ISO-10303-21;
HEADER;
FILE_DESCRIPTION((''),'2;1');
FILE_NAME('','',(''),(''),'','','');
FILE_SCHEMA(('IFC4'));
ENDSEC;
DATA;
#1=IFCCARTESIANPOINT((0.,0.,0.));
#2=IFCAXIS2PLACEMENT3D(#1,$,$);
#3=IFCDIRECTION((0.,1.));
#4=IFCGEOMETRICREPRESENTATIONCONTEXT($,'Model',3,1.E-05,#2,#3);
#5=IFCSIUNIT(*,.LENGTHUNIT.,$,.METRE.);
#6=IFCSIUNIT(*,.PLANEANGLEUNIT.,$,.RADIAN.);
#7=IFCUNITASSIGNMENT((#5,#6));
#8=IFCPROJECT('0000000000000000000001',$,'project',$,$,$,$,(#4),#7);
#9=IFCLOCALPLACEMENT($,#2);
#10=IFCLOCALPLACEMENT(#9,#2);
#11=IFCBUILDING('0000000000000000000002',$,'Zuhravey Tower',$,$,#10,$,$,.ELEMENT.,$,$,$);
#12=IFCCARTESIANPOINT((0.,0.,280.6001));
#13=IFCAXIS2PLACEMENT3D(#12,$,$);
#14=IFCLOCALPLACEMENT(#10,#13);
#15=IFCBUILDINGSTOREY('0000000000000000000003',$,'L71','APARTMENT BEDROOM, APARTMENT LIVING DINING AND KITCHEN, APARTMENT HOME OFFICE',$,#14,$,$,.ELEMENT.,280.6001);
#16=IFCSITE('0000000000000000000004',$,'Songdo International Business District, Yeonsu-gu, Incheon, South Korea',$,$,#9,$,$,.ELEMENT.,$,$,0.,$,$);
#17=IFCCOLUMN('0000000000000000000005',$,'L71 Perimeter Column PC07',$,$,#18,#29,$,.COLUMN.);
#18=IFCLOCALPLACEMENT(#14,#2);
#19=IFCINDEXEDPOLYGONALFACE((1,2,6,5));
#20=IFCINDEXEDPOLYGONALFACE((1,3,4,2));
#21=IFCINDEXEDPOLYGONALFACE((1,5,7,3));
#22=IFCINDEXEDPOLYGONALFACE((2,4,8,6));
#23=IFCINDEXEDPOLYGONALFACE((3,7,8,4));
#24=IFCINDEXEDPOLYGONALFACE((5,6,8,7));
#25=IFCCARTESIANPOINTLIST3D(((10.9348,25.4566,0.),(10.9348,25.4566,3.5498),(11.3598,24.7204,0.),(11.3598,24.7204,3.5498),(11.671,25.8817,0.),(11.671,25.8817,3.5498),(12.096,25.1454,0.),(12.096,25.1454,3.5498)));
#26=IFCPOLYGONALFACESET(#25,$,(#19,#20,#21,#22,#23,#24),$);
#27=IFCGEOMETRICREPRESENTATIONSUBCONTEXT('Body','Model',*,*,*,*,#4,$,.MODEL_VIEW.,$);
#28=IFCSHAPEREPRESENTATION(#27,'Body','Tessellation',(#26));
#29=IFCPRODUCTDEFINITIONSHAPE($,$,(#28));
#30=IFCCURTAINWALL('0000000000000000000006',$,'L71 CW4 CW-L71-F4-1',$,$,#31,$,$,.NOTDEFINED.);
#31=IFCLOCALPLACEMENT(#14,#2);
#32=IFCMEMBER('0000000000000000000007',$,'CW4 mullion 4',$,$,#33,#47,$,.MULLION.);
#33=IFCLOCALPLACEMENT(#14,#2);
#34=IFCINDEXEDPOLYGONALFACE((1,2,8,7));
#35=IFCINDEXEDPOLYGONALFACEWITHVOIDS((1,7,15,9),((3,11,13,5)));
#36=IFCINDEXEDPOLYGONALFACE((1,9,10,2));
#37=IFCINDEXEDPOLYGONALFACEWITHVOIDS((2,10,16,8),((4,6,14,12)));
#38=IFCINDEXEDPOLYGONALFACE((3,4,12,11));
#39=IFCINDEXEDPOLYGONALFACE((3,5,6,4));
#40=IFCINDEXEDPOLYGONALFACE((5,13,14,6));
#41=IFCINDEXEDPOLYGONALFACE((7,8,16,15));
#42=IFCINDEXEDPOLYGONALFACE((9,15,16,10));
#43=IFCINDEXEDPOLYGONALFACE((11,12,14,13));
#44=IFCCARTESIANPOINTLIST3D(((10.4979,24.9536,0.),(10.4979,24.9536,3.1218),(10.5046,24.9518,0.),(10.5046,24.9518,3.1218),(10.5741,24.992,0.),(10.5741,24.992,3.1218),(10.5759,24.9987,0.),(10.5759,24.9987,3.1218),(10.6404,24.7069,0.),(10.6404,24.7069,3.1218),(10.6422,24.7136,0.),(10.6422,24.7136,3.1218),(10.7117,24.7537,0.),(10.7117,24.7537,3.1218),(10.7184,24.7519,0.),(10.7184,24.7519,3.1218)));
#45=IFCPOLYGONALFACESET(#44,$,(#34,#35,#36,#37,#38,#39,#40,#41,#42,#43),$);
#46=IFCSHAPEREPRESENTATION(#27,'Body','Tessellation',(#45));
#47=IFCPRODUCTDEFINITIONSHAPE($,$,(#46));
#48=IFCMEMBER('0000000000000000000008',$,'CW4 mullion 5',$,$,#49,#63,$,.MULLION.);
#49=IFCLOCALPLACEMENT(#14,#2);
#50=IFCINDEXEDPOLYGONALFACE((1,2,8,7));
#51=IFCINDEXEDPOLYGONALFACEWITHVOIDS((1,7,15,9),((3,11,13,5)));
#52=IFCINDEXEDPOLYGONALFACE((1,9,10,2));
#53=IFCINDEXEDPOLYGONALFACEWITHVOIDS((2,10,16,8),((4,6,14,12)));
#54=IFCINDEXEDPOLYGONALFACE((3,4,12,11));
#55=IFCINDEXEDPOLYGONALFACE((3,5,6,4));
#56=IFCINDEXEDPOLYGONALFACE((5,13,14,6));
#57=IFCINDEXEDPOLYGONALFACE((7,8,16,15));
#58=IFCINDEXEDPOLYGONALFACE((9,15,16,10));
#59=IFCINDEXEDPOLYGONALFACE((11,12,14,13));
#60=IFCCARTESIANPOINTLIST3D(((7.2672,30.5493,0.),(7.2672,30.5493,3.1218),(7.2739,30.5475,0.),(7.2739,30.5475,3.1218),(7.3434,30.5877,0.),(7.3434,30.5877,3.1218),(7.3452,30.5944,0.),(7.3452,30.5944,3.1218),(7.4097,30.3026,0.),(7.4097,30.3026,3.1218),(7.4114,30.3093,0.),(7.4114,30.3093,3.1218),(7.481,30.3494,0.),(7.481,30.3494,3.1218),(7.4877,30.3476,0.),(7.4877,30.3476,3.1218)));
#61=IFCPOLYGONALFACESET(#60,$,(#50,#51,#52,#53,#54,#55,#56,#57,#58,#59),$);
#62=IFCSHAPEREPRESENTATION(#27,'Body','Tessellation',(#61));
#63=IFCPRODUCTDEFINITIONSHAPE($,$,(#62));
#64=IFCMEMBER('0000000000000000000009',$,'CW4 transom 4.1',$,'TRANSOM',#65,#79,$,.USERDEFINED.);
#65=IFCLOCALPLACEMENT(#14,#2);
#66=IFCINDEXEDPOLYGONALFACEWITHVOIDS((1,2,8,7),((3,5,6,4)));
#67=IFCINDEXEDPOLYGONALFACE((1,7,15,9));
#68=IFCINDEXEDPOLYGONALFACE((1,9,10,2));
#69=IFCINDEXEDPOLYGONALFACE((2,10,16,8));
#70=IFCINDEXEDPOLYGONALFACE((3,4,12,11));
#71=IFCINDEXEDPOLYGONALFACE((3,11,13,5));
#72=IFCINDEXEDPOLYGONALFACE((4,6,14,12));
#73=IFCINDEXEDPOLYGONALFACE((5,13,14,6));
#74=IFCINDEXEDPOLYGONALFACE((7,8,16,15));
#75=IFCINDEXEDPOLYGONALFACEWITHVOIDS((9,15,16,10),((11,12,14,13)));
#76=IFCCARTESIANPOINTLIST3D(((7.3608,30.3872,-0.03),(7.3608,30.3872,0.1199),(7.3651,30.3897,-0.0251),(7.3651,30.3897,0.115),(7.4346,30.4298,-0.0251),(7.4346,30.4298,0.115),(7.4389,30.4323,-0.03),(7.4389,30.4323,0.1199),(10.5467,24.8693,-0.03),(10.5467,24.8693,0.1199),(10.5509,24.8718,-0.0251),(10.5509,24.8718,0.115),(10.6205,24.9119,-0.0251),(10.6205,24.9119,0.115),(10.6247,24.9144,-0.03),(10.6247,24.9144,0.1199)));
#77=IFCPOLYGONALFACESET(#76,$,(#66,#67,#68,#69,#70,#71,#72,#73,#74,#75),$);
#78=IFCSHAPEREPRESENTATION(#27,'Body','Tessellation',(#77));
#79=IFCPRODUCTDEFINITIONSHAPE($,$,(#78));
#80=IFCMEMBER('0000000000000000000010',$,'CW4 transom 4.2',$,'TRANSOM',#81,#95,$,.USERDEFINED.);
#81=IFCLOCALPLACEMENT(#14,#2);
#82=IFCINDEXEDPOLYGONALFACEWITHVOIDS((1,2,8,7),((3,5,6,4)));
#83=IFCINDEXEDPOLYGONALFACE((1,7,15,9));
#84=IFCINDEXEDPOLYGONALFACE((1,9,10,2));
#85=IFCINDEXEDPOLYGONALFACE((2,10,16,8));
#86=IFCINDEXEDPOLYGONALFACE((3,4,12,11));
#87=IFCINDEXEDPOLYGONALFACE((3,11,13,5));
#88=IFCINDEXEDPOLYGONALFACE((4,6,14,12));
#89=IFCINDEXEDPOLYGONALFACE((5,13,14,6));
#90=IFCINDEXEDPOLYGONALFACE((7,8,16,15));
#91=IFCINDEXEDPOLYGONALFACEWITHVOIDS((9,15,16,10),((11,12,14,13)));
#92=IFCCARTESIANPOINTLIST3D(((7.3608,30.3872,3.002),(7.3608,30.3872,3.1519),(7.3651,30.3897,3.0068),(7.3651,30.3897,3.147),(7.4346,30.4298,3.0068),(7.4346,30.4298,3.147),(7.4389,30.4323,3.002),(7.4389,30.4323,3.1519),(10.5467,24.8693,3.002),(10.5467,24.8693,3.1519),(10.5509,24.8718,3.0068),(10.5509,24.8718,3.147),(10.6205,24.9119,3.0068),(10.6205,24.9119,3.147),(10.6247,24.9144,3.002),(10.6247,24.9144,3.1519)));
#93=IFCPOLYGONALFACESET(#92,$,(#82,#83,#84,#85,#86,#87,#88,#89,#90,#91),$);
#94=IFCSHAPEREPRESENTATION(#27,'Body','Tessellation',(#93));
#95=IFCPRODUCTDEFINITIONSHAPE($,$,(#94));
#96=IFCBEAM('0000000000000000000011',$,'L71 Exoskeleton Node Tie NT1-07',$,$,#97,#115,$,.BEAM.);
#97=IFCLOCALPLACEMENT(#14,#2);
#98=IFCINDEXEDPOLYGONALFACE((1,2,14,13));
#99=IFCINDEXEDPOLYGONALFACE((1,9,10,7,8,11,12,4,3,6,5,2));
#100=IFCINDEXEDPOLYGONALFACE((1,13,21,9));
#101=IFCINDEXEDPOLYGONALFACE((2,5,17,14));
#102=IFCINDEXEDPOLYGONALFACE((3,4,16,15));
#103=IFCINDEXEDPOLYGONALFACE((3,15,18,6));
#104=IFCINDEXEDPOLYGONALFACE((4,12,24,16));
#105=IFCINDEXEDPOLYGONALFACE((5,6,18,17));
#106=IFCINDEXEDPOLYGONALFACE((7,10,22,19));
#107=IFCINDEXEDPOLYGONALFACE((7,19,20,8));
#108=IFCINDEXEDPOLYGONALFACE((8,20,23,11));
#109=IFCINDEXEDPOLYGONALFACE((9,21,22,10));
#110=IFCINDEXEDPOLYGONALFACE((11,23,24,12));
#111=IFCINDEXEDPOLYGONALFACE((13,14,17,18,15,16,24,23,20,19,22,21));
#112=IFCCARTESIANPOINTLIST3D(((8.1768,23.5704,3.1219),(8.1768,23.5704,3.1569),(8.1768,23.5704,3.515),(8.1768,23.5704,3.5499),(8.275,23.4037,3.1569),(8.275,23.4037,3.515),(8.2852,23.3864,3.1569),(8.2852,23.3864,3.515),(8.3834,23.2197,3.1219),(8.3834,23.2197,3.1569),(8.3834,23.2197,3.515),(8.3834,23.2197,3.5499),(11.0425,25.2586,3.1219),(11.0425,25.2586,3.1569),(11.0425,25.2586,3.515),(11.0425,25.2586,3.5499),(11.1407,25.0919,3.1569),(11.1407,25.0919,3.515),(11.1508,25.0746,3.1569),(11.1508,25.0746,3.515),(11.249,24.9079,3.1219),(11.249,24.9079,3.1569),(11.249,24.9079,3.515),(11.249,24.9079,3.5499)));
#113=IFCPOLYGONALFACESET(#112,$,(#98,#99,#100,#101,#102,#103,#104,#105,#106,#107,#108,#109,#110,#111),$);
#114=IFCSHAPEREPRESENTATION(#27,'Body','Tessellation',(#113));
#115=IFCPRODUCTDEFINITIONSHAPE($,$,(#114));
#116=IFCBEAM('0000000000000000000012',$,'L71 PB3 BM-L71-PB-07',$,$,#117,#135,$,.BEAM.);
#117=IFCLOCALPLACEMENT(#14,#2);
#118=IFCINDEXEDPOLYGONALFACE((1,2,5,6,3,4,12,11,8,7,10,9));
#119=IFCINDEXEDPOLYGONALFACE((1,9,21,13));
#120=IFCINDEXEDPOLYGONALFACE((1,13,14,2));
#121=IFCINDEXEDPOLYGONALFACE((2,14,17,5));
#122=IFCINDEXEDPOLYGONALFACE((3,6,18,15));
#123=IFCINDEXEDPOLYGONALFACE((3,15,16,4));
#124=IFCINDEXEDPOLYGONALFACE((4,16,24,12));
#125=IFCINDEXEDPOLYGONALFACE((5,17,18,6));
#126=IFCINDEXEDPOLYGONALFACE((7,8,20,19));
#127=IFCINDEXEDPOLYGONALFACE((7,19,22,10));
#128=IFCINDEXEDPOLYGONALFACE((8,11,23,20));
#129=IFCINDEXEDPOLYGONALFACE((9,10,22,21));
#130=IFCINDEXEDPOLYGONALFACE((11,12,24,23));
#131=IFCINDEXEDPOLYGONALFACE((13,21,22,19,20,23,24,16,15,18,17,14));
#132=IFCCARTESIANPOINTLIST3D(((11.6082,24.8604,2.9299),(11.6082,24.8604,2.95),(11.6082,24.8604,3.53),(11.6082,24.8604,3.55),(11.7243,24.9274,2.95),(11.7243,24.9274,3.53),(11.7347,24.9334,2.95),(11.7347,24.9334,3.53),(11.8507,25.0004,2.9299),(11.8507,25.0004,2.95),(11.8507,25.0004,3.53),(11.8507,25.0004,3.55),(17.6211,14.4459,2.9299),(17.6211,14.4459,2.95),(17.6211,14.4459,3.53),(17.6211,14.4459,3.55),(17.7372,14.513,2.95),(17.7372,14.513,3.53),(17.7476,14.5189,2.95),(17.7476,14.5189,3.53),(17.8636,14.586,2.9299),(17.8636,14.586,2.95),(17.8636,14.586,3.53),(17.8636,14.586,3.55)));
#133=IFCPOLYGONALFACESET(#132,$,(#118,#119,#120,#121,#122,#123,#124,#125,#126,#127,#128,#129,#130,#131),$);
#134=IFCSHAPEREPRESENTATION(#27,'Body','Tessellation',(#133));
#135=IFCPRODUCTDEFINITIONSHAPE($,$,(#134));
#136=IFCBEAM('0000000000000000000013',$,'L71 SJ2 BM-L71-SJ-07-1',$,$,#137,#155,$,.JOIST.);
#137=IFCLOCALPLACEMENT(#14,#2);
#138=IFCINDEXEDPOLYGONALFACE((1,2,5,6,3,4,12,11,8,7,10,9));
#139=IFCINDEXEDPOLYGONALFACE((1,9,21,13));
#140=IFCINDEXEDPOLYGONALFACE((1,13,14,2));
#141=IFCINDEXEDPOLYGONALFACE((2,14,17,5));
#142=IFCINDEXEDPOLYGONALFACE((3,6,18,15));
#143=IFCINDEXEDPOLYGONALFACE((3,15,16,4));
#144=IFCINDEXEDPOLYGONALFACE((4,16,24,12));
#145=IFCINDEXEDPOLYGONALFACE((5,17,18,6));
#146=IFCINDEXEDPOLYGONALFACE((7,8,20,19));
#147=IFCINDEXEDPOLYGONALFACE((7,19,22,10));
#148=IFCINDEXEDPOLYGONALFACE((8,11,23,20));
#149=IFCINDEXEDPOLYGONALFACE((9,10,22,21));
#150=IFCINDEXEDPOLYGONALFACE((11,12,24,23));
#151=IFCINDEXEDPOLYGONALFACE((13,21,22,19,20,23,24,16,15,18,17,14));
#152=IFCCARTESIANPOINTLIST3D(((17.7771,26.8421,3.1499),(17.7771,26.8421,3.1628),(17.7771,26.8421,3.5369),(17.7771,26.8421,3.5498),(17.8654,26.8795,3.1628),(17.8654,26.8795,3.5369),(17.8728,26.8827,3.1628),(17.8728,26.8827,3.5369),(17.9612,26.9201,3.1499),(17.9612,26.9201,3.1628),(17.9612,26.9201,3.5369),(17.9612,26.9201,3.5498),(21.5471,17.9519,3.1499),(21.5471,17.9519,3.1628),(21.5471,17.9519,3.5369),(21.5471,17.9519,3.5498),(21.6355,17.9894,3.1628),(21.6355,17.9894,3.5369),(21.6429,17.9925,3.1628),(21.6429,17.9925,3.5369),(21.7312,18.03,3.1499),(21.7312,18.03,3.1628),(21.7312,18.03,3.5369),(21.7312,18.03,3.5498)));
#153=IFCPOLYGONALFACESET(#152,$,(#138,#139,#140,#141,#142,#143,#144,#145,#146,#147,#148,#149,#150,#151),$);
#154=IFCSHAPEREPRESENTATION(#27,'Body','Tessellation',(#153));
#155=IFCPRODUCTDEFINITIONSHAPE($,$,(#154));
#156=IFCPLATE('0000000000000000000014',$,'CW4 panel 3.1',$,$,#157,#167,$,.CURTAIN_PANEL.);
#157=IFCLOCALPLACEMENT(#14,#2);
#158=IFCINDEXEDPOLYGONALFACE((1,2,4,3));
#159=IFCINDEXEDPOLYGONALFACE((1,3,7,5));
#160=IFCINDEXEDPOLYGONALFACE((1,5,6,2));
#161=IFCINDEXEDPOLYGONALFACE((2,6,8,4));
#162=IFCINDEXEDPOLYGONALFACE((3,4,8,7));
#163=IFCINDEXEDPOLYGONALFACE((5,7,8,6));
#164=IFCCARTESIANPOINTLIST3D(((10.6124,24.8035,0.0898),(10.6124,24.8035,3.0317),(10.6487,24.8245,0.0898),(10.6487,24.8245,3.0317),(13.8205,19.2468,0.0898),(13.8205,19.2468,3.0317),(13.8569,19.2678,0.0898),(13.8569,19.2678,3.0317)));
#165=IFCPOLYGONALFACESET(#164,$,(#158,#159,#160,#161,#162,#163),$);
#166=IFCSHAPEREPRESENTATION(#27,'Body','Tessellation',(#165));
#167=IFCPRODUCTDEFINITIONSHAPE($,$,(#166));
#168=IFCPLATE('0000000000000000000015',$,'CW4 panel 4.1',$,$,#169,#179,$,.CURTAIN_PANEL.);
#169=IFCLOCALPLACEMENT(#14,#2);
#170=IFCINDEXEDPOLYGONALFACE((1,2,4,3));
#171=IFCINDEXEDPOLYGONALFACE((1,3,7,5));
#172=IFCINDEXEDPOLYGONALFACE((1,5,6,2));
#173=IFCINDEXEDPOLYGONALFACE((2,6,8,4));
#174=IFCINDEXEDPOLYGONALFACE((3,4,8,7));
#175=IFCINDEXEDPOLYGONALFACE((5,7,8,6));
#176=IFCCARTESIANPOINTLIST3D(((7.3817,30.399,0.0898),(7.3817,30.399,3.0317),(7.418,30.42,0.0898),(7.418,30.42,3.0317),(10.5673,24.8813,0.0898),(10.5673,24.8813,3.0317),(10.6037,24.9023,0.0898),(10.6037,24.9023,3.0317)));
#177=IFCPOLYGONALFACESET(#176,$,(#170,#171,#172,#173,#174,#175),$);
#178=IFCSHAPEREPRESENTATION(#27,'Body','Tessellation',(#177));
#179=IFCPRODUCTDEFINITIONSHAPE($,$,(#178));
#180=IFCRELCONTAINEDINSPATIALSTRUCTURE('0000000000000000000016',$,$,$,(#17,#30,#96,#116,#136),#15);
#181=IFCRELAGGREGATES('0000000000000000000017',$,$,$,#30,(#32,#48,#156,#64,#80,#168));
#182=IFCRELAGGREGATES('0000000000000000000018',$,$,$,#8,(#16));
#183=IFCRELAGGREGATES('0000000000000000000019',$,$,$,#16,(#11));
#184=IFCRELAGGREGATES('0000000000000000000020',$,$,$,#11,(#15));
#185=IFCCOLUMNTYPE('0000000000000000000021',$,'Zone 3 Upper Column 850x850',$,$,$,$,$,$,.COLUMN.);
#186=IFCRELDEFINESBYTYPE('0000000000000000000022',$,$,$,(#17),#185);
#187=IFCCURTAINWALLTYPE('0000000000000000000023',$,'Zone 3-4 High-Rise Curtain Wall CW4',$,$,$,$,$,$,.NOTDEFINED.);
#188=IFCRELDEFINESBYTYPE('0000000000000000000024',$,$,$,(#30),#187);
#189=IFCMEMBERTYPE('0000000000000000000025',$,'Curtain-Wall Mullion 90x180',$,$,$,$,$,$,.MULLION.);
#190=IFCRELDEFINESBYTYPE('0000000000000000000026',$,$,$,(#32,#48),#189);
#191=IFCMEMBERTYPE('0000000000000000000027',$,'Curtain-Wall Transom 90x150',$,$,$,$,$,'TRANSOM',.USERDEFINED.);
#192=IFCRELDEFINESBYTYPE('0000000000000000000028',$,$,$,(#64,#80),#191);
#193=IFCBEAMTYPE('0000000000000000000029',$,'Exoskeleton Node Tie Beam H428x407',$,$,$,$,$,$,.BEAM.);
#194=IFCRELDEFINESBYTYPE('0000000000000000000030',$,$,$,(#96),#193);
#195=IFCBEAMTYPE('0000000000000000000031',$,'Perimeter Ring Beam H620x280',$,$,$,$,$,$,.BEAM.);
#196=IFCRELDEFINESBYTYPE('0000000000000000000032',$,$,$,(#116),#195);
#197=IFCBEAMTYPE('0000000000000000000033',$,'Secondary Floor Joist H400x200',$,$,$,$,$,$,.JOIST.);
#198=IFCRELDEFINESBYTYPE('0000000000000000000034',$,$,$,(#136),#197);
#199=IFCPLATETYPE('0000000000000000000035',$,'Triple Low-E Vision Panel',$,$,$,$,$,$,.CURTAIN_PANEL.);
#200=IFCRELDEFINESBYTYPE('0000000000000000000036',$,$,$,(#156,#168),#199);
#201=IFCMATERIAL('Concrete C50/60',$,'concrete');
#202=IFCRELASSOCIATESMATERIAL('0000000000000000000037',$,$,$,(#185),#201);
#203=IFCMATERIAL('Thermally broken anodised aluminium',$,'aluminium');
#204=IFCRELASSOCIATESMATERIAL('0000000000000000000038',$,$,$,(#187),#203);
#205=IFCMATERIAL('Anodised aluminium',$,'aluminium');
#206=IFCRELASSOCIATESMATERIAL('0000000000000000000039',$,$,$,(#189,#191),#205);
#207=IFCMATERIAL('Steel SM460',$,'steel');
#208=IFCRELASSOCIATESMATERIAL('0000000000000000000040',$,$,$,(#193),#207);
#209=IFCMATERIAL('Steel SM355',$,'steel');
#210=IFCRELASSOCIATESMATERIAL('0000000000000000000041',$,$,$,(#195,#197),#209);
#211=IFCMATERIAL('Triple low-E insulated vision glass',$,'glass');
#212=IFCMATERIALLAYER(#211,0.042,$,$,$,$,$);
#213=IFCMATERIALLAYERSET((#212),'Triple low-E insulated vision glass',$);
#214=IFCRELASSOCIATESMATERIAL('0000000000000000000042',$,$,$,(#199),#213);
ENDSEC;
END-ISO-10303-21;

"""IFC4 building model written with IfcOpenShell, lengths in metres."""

from ifc_helpers import new_model, si_unit, direction, frame, origin, origin_2d, place, context, subcontext, project, spatial, rectangle, hollow_rectangle, i_section, extrude, material, layer, layer_set, material_profile, profile_set, type_object, element, aggregate, save


model = new_model("IFC4")

# Units and contexts
model_context = context("Model", 3, precision=1e-05, world=origin(), true_north=direction((0.0, 1.0)))
body_context = subcontext(model_context, "Body", "Model", "MODEL_VIEW")
ifc_project = project(units=[si_unit("LENGTHUNIT", "METRE"), si_unit("PLANEANGLEUNIT", "RADIAN")], contexts=[model_context])

# Site, building, storey
site_placement = place(None, origin())
site = spatial("IfcSite", under=ifc_project, at=site_placement, Name="Songdo International Business District, Yeonsu-gu, Incheon, South Korea", CompositionType="ELEMENT", RefElevation=0.0)
building_placement = place(site_placement, origin())
building = spatial("IfcBuilding", under=site, at=building_placement, Name="Zuhravey Tower", CompositionType="ELEMENT")
storey_placement = place(building_placement, frame((0.0, 0.0, 280.6001)))
storey = spatial("IfcBuildingStorey", under=building, at=storey_placement, Name="L71", Description="APARTMENT BEDROOM, APARTMENT LIVING DINING AND KITCHEN, APARTMENT HOME OFFICE", CompositionType="ELEMENT", Elevation=280.6001)

# Column
ifc_material_1 = material(Name="Concrete C50/60", Category="concrete")
ifc_material_profile_1 = material_profile(ifc_material_1, rectangle(XDim=0.8501, YDim=0.8501, at=origin_2d()), Name="RC-850x850")
ifc_profile_set_1 = profile_set([ifc_material_profile_1], Name="Concrete C50/60")
column_type = type_object("IfcColumnType", Name="Zone 3 Upper Column 850x850", PredefinedType="COLUMN", material=ifc_profile_set_1)
column_placement = place(storey_placement, frame((11.5154, 25.301, 0.0), z_axis=(0.0, 0.0, 1.0), x_axis=(0.5, -0.866025, 0.0)))
element("IfcColumn", 1, at=column_placement, inside=storey, type_object=column_type, Name="L71 Perimeter Column PC07", PredefinedType="COLUMN", context=body_context, shape_type="SweptSolid", body=[
    extrude(rectangle(XDim=0.8501, YDim=0.8501, at=origin_2d()), origin(), (0.0, 0.0, 1.0), 3.5498),
])

# Curtain wall, members
ifc_material_2 = material(Name="Thermally broken anodised aluminium", Category="aluminium")
curtain_wall_type = type_object("IfcCurtainWallType", Name="Zone 3-4 High-Rise Curtain Wall CW4", PredefinedType="NOTDEFINED", material=ifc_material_2)
curtain_wall_placement = place(storey_placement, origin())
curtain_wall = element("IfcCurtainWall", 2, at=curtain_wall_placement, inside=storey, type_object=curtain_wall_type, Name="L71 CW4 CW-L71-F4-1", PredefinedType="NOTDEFINED")
ifc_material_3 = material(Name="Anodised aluminium", Category="aluminium")
ifc_material_profile_2 = material_profile(ifc_material_3, hollow_rectangle(XDim=0.0901, YDim=0.2849, WallThickness=0.0049, at=origin_2d()), Name="ALU-RHS-90x285x5")
ifc_profile_set_2 = profile_set([ifc_material_profile_2], Name="Anodised aluminium")
member_type_1 = type_object("IfcMemberType", Name="Curtain-Wall Mullion 90x180", PredefinedType="MULLION", material=ifc_profile_set_2)
member_1_placement = place(storey_placement, frame((10.6082, 24.8528, 0.0), z_axis=(0.0, 0.0, 1.0), x_axis=(-0.866025, -0.500001, 0.0)))
member_1 = element("IfcMember", 3, at=member_1_placement, type_object=member_type_1, Name="CW4 mullion 4", PredefinedType="MULLION", context=body_context, shape_type="SweptSolid", body=[
    extrude(hollow_rectangle(XDim=0.0901, YDim=0.2849, WallThickness=0.0049, at=origin_2d()), origin(), (0.0, 0.0, 1.0), 3.1218),
])
member_2_placement = place(storey_placement, frame((7.3774, 30.4485, 0.0), z_axis=(0.0, 0.0, 1.0), x_axis=(-0.866025, -0.500001, 0.0)))
member_2 = element("IfcMember", 4, at=member_2_placement, type_object=member_type_1, Name="CW4 mullion 5", PredefinedType="MULLION", context=body_context, shape_type="SweptSolid", body=[
    extrude(hollow_rectangle(XDim=0.0901, YDim=0.2849, WallThickness=0.0049, at=origin_2d()), origin(), (0.0, 0.0, 1.0), 3.1218),
])
ifc_material_profile_3 = material_profile(ifc_material_3, hollow_rectangle(XDim=0.0901, YDim=0.1499, WallThickness=0.0049, at=origin_2d()), Name="ALU-RHS-90x150x5")
ifc_profile_set_3 = profile_set([ifc_material_profile_3], Name="Anodised aluminium")
member_type_2 = type_object("IfcMemberType", Name="Curtain-Wall Transom 90x150", ElementType="TRANSOM", PredefinedType="USERDEFINED", material=ifc_profile_set_3)
member_3_placement = place(storey_placement, frame((10.5857, 24.8918, 0.0449), z_axis=(-0.500009, 0.86602, 0.0), x_axis=(-0.86602, -0.500009, 0.0)))
member_3 = element("IfcMember", 5, at=member_3_placement, type_object=member_type_2, Name="CW4 transom 4.1", ObjectType="TRANSOM", PredefinedType="USERDEFINED", context=body_context, shape_type="SweptSolid", body=[
    extrude(hollow_rectangle(XDim=0.0901, YDim=0.1499, WallThickness=0.0049, at=origin_2d()), origin(), (0.0, 0.0, 1.0), 6.3716),
])
member_4_placement = place(storey_placement, frame((10.5857, 24.8918, 3.0769), z_axis=(-0.500009, 0.86602, 0.0), x_axis=(-0.86602, -0.500009, 0.0)))
member_4 = element("IfcMember", 6, at=member_4_placement, type_object=member_type_2, Name="CW4 transom 4.2", ObjectType="TRANSOM", PredefinedType="USERDEFINED", context=body_context, shape_type="SweptSolid", body=[
    extrude(hollow_rectangle(XDim=0.0901, YDim=0.1499, WallThickness=0.0049, at=origin_2d()), origin(), (0.0, 0.0, 1.0), 6.3716),
])

# Beams
ifc_material_4 = material(Name="Steel SM460", Category="steel")
ifc_material_profile_4 = material_profile(ifc_material_4, i_section(OverallWidth=0.407, OverallDepth=0.428, WebThickness=0.02, FlangeThickness=0.0349, at=origin_2d()), Name="H-428x407x20x35")
ifc_profile_set_4 = profile_set([ifc_material_profile_4], Name="Steel SM460")
beam_type_1 = type_object("IfcBeamType", Name="Exoskeleton Node Tie Beam H428x407", PredefinedType="BEAM", material=ifc_profile_set_4)
beam_1_placement = place(storey_placement, frame((11.1458, 25.0833, 3.3359), z_axis=(-0.861604, -0.507581, 0.0), x_axis=(0.507581, -0.861604, 0.0)))
element("IfcBeam", 7, at=beam_1_placement, inside=storey, type_object=beam_type_1, Name="L71 Exoskeleton Node Tie NT1-07", PredefinedType="BEAM", context=body_context, shape_type="SweptSolid", body=[
    extrude(i_section(OverallWidth=0.407, OverallDepth=0.428, WebThickness=0.02, FlangeThickness=0.0349, at=origin_2d()), origin(), (0.0, 0.0, 1.0), 3.3259),
])
ifc_material_5 = material(Name="Steel SM355", Category="steel")
ifc_material_profile_5 = material_profile(ifc_material_5, i_section(OverallWidth=0.28, OverallDepth=0.6201, WebThickness=0.012, FlangeThickness=0.02, at=origin_2d()), Name="H-620x280x12x20")
ifc_profile_set_5 = profile_set([ifc_material_profile_5], Name="Steel SM355")
beam_type_2 = type_object("IfcBeamType", Name="Perimeter Ring Beam H620x280", PredefinedType="BEAM", material=ifc_profile_set_5)
beam_2_placement = place(storey_placement, frame((11.7295, 24.9304, 3.24), z_axis=(0.500006, -0.866022, 0.0), x_axis=(0.866022, 0.500006, 0.0)))
element("IfcBeam", 8, at=beam_2_placement, inside=storey, type_object=beam_type_2, Name="L71 PB3 BM-L71-PB-07", PredefinedType="BEAM", context=body_context, shape_type="SweptSolid", body=[
    extrude(i_section(OverallWidth=0.28, OverallDepth=0.6201, WebThickness=0.012, FlangeThickness=0.02, at=origin_2d()), origin(), (0.0, 0.0, 1.0), 12.0256),
])
ifc_material_profile_6 = material_profile(ifc_material_5, i_section(OverallWidth=0.2, OverallDepth=0.3999, WebThickness=0.0081, FlangeThickness=0.0129, at=origin_2d()), Name="H-400x200x8x13")
ifc_profile_set_6 = profile_set([ifc_material_profile_6], Name="Steel SM355")
beam_type_3 = type_object("IfcBeamType", Name="Secondary Floor Joist H400x200", PredefinedType="JOIST", material=ifc_profile_set_6)
beam_3_placement = place(storey_placement, frame((17.8691, 26.8811, 3.3499), z_axis=(0.390413, -0.92064, 0.0), x_axis=(0.92064, 0.390413, 0.0)))
element("IfcBeam", 9, at=beam_3_placement, inside=storey, type_object=beam_type_3, Name="L71 SJ2 BM-L71-SJ-07-1", PredefinedType="JOIST", context=body_context, shape_type="SweptSolid", body=[
    extrude(i_section(OverallWidth=0.2, OverallDepth=0.3999, WebThickness=0.0081, FlangeThickness=0.0129, at=origin_2d()), origin(), (0.0, 0.0, 1.0), 9.6565),
])

# Plates
ifc_material_6 = material(Name="Triple low-E insulated vision glass", Category="glass")
ifc_layer_1 = layer(ifc_material_6, 0.042)
ifc_layer_set_1 = layer_set([ifc_layer_1], Name="Triple low-E insulated vision glass")
plate_type = type_object("IfcPlateType", Name="Triple Low-E Vision Panel", PredefinedType="CURTAIN_PANEL", material=ifc_layer_set_1)
plate_1_placement = place(storey_placement, frame((12.2346, 22.0356, 0.0898), z_axis=(0.0, 0.0, 1.0), x_axis=(-0.500001, 0.866025, 0.0)))
plate_1 = element("IfcPlate", 10, at=plate_1_placement, type_object=plate_type, Name="CW4 panel 3.1", PredefinedType="CURTAIN_PANEL", context=body_context, shape_type="SweptSolid", body=[
    extrude(rectangle(XDim=6.4163, YDim=0.042, at=origin_2d()), origin(), (0.0, 0.0, 1.0), 2.9419),
])
plate_2_placement = place(storey_placement, frame((8.9927, 27.6506, 0.0898), z_axis=(0.0, 0.0, 1.0), x_axis=(-0.500001, 0.866025, 0.0)))
plate_2 = element("IfcPlate", 11, at=plate_2_placement, type_object=plate_type, Name="CW4 panel 4.1", PredefinedType="CURTAIN_PANEL", context=body_context, shape_type="SweptSolid", body=[
    extrude(rectangle(XDim=6.3713, YDim=0.042, at=origin_2d()), origin(), (0.0, 0.0, 1.0), 2.9419),
])
aggregate(curtain_wall, [member_1, member_2, plate_1, member_3, member_4, plate_2])

save(model, "model.ifc")
